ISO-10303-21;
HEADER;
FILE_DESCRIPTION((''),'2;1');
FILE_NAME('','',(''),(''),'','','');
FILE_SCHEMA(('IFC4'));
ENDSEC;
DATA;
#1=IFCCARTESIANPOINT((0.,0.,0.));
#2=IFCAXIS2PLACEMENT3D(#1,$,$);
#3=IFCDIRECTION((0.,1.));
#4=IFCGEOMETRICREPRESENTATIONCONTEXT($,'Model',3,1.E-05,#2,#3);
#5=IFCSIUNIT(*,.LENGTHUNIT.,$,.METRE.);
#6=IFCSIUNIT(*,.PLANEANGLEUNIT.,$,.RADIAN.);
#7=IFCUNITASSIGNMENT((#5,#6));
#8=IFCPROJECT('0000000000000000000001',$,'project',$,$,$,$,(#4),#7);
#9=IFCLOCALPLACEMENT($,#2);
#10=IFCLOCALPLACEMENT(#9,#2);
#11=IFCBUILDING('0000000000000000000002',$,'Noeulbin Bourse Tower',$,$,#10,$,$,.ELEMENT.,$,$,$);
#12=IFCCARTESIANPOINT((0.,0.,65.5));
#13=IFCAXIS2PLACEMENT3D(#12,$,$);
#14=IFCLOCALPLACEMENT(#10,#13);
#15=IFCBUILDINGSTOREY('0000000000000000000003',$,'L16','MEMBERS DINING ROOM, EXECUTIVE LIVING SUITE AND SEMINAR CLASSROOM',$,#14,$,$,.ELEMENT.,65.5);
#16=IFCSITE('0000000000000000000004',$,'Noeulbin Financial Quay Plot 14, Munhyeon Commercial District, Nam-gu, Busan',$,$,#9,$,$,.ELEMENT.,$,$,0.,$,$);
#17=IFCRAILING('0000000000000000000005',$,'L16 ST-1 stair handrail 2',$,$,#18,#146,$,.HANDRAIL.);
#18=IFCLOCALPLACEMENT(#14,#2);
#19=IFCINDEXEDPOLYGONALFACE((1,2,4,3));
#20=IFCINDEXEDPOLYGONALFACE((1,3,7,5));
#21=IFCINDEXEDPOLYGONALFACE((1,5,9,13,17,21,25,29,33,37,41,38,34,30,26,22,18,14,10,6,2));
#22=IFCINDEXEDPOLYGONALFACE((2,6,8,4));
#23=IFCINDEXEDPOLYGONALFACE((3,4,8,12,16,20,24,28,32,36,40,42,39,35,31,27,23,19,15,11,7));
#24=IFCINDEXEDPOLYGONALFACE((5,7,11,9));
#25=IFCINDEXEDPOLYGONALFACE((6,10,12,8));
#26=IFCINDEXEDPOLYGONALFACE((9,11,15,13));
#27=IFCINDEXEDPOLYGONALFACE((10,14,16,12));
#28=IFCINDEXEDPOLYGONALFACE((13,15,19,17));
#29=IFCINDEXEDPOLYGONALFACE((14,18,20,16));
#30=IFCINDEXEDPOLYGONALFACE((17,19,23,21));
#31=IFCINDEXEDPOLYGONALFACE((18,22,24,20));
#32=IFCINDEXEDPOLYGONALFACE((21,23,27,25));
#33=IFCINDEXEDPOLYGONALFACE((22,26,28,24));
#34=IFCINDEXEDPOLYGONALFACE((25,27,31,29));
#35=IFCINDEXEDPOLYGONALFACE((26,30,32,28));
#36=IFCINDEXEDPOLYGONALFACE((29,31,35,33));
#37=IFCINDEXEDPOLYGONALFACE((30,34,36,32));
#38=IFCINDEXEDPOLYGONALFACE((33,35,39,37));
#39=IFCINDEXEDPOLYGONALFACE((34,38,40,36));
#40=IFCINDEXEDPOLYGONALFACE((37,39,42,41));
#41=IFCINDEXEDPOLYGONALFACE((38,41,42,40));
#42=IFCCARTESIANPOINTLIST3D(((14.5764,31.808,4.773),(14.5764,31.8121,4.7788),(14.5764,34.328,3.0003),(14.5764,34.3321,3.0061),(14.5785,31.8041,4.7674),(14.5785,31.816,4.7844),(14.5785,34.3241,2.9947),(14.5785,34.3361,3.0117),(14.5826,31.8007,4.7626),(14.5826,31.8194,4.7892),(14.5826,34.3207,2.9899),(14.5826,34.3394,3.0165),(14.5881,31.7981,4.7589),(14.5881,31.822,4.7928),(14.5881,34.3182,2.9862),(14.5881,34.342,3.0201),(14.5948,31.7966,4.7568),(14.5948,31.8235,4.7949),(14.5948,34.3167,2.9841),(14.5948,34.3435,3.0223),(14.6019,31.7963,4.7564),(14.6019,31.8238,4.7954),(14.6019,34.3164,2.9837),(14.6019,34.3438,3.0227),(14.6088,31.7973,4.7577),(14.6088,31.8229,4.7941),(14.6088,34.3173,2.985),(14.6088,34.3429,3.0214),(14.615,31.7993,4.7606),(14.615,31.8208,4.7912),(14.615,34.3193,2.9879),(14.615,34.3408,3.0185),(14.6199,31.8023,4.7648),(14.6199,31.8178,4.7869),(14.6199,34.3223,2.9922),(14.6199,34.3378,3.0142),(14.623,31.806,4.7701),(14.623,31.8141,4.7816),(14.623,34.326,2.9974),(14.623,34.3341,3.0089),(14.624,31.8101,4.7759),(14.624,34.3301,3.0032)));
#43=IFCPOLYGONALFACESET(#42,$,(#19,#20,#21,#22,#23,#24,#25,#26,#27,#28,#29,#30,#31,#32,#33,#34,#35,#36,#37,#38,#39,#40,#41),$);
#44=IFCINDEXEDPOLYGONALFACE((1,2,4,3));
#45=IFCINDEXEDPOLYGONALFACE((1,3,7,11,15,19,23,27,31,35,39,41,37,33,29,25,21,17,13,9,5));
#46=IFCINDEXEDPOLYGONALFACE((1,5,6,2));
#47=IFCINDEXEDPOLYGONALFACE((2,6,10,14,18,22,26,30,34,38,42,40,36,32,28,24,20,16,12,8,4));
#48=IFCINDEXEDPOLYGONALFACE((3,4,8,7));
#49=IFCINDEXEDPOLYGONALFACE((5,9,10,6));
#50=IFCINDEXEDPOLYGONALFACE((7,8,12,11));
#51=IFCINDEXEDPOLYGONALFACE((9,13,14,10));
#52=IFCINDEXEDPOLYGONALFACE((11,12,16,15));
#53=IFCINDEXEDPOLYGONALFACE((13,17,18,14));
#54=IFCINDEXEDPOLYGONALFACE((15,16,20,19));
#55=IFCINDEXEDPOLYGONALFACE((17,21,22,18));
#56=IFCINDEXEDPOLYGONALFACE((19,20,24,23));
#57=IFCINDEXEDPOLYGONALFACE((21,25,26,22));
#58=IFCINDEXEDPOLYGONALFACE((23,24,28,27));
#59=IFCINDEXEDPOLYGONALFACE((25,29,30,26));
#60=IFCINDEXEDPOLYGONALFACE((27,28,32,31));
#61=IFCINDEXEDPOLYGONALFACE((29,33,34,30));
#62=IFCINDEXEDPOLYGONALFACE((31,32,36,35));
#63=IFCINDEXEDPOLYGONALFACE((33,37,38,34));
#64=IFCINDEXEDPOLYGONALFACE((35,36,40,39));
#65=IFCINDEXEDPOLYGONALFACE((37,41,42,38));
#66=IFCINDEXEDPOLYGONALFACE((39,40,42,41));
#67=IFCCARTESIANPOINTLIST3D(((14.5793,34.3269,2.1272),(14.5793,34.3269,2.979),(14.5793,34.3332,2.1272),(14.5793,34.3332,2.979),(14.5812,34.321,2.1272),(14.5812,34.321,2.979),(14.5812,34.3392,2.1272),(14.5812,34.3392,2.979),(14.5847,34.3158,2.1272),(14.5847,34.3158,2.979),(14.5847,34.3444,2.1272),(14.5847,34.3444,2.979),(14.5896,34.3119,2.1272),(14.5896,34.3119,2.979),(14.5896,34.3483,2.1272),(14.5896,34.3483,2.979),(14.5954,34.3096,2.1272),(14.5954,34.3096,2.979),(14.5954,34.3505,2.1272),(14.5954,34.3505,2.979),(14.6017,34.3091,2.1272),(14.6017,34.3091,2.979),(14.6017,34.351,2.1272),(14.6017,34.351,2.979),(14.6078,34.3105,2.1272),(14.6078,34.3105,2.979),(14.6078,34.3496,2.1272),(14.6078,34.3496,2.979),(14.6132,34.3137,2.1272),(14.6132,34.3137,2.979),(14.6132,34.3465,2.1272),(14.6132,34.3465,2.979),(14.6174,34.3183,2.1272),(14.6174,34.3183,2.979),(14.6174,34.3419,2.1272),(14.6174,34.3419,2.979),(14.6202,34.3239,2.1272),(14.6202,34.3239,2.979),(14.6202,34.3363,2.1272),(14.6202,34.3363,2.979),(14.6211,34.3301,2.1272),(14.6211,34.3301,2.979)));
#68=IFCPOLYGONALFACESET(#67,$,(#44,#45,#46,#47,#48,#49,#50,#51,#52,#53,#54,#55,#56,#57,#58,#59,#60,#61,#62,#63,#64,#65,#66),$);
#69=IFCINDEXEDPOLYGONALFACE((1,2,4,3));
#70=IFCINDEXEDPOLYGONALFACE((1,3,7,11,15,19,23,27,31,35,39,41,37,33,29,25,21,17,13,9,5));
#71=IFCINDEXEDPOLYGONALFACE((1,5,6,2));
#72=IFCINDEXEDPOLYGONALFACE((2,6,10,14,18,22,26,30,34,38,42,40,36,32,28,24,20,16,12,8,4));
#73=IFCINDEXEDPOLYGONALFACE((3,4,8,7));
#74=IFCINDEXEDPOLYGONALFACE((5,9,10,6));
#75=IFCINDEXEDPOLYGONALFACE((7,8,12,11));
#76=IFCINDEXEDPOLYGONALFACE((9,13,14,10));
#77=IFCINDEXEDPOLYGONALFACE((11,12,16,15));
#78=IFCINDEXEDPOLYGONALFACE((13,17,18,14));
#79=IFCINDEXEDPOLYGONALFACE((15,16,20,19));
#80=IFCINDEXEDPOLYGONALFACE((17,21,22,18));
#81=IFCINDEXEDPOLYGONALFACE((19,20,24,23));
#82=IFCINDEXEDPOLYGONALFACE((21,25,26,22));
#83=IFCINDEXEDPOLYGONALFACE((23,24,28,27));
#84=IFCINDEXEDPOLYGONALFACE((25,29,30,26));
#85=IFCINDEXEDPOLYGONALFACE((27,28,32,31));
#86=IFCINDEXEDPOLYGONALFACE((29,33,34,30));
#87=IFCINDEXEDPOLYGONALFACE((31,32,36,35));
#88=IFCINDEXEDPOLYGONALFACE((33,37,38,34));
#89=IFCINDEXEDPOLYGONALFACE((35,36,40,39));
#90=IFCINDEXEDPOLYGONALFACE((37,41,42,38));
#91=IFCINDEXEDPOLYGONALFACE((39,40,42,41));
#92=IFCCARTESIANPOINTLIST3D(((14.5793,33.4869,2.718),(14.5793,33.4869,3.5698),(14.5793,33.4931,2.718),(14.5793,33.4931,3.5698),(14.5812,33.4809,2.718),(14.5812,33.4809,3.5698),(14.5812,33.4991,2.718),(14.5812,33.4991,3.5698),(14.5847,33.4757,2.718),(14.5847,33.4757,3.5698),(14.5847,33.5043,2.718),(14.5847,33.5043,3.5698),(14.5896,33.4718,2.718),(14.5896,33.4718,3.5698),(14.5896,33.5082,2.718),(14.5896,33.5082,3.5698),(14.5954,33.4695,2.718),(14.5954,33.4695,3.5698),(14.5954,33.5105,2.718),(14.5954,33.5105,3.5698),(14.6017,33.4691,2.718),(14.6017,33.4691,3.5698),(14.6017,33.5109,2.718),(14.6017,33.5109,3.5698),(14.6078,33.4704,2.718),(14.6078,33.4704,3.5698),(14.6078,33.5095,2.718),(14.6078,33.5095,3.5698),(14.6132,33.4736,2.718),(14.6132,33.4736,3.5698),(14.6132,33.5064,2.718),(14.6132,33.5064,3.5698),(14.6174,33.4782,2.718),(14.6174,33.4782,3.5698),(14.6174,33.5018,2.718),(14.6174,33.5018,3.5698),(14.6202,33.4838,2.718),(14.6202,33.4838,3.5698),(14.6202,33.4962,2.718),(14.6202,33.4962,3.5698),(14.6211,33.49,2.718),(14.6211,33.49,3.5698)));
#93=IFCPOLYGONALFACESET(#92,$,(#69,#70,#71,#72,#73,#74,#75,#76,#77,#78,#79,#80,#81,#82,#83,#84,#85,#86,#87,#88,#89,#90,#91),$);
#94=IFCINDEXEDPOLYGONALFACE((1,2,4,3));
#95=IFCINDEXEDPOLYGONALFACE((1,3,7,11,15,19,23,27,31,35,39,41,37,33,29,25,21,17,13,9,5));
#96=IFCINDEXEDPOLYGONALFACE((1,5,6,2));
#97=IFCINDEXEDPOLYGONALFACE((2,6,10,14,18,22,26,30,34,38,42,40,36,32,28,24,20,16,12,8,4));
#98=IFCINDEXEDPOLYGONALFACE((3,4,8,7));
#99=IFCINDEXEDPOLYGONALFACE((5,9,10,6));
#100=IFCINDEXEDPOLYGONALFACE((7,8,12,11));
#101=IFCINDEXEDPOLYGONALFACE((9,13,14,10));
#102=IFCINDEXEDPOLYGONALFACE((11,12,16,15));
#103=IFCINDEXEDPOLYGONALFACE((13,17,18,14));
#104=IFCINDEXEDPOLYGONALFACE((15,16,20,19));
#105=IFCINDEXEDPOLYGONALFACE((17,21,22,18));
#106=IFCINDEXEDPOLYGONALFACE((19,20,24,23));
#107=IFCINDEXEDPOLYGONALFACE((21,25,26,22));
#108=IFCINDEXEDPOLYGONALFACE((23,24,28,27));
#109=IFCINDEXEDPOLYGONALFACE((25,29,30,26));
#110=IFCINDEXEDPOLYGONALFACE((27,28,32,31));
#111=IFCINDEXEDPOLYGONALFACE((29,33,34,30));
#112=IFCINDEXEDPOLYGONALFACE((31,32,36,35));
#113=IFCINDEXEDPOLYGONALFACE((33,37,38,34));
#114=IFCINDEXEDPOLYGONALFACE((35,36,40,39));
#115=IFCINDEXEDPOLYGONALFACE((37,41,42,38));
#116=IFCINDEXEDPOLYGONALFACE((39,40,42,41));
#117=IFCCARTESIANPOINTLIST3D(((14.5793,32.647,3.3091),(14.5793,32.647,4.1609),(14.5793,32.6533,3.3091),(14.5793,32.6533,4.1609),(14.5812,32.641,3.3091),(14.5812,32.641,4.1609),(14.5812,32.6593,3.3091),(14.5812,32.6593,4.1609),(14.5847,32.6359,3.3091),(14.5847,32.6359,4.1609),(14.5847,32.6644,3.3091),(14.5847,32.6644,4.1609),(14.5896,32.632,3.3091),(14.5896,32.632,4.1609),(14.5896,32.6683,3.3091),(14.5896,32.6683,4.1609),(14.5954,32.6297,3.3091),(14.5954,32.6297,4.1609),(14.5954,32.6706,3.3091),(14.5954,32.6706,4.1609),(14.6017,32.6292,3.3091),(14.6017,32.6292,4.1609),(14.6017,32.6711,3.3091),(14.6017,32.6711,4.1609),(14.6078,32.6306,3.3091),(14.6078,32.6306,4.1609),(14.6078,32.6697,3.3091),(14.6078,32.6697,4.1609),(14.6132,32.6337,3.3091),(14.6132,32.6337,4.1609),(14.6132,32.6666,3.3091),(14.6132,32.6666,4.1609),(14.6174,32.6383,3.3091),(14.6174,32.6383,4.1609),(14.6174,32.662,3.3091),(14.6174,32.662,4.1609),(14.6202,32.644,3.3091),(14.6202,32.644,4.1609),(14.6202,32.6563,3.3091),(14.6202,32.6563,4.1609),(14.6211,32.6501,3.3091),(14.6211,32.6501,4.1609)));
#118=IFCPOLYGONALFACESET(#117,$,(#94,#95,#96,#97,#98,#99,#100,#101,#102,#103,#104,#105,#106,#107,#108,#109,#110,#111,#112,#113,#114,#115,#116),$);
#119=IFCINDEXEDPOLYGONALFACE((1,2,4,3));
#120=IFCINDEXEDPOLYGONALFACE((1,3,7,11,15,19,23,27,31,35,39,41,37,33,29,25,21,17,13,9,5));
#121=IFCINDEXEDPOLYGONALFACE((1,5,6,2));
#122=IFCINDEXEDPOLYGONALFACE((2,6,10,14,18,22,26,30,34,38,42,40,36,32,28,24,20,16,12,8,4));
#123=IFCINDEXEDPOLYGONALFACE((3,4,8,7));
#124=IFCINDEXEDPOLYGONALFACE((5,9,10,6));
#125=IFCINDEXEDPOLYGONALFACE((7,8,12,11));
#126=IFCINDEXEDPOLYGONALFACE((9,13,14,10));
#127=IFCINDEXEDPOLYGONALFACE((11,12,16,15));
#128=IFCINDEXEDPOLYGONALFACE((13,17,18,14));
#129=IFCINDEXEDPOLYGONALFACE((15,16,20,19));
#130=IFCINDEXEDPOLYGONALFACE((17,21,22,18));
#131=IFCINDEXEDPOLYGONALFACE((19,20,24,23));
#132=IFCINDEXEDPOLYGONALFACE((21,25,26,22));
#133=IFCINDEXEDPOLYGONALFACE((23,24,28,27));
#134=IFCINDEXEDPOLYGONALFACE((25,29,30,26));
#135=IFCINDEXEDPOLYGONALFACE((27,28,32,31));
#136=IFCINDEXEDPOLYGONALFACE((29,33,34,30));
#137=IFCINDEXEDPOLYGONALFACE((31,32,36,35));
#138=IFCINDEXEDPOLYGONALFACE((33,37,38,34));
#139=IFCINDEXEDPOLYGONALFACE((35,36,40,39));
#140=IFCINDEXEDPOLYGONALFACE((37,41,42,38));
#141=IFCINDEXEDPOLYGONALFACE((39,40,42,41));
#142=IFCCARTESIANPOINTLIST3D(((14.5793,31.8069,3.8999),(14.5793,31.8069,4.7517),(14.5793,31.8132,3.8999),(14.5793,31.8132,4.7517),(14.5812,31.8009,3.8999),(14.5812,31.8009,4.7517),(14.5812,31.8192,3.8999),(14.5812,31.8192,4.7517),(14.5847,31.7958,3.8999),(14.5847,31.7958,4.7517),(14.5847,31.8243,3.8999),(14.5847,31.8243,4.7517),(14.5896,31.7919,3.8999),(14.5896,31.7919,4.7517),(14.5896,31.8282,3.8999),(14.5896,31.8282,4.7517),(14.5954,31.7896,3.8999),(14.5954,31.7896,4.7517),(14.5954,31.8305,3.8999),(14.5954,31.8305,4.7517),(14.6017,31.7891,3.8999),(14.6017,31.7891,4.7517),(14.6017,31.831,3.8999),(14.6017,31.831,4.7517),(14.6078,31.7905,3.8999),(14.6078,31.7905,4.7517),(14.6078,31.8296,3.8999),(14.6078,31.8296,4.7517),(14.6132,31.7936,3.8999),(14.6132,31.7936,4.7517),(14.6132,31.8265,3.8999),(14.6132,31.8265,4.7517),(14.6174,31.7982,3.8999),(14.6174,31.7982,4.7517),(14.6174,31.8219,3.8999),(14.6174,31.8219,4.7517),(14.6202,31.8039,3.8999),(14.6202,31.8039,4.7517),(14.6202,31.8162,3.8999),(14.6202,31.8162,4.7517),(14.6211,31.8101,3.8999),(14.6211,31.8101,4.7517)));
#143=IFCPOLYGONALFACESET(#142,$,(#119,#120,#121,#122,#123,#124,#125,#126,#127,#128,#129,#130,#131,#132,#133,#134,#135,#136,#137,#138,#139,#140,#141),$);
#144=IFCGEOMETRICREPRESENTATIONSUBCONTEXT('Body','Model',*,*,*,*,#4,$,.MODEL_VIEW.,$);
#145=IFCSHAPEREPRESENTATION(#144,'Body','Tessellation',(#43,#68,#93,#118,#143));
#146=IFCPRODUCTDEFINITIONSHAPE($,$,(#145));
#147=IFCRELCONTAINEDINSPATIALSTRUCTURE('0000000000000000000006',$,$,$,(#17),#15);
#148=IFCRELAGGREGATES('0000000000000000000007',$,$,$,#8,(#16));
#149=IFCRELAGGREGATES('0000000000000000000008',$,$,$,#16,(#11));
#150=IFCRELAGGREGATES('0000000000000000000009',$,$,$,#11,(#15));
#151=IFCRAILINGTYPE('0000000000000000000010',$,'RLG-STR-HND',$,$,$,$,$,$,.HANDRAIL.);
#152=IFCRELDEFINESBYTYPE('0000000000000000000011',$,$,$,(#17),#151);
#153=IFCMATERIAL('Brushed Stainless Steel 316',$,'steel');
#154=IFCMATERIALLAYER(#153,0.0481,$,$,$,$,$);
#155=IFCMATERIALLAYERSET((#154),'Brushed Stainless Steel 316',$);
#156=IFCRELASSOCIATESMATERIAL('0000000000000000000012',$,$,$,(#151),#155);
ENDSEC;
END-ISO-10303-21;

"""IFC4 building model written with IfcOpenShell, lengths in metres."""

from ifc_helpers import new_model, si_unit, direction, frame, origin, origin_2d, place, context, subcontext, project, spatial, circle, extrude, material, layer, layer_set, type_object, element, save


model = new_model("IFC4")

# Units and contexts
model_context = context("Model", 3, precision=1e-05, world=origin(), true_north=direction((0.0, 1.0)))
body_context = subcontext(model_context, "Body", "Model", "MODEL_VIEW")
ifc_project = project(units=[si_unit("LENGTHUNIT", "METRE"), si_unit("PLANEANGLEUNIT", "RADIAN")], contexts=[model_context])

# Site, building, storey
site_placement = place(None, origin())
site = spatial("IfcSite", under=ifc_project, at=site_placement, Name="Noeulbin Financial Quay Plot 14, Munhyeon Commercial District, Nam-gu, Busan", CompositionType="ELEMENT", RefElevation=0.0)
building_placement = place(site_placement, origin())
building = spatial("IfcBuilding", under=site, at=building_placement, Name="Noeulbin Bourse Tower", CompositionType="ELEMENT")
storey_placement = place(building_placement, frame((0.0, 0.0, 65.5)))
storey = spatial("IfcBuildingStorey", under=building, at=storey_placement, Name="L16", Description="MEMBERS DINING ROOM, EXECUTIVE LIVING SUITE AND SEMINAR CLASSROOM", CompositionType="ELEMENT", Elevation=65.5)

# Shared definitions
ifc_material_1 = material(Name="Brushed Stainless Steel 316", Category="steel")

# Railing
ifc_layer_1 = layer(ifc_material_1, 0.0481)
ifc_layer_set_1 = layer_set([ifc_layer_1], Name="Brushed Stainless Steel 316")
railing_type_1 = type_object("IfcRailingType", Name="RLG-STR-HND", PredefinedType="HANDRAIL", material=ifc_layer_set_1)
railing_1_placement = place(storey_placement, frame((14.6001, 34.3301, 2.1272)))
element("IfcRailing", 1, at=railing_1_placement, inside=storey, type_object=railing_type_1, Name="L16 ST-1 stair handrail 2", PredefinedType="HANDRAIL", context=body_context, shape_type="SweptSolid", body=[
    extrude(circle(Radius=0.0239, at=origin_2d()), frame((0.0, 0.0, 0.876), z_axis=(0.0, -0.817904, 0.575354), x_axis=(1.0, 0.0, 0.0)), (0.0, 0.0, 1.0), 3.0811),
    extrude(circle(Radius=0.021, at=origin_2d()), origin(), (0.0, 0.0, 1.0), 0.8518),
    extrude(circle(Radius=0.021, at=origin_2d()), frame((0.0, -0.8401, 0.5908)), (0.0, 0.0, 1.0), 0.8518),
    extrude(circle(Radius=0.021, at=origin_2d()), frame((0.0, -1.6799, 1.1819)), (0.0, 0.0, 1.0), 0.8518),
    extrude(circle(Radius=0.021, at=origin_2d()), frame((0.0, -2.52, 1.7727)), (0.0, 0.0, 1.0), 0.8518),
])

save(model, "model.ifc")
